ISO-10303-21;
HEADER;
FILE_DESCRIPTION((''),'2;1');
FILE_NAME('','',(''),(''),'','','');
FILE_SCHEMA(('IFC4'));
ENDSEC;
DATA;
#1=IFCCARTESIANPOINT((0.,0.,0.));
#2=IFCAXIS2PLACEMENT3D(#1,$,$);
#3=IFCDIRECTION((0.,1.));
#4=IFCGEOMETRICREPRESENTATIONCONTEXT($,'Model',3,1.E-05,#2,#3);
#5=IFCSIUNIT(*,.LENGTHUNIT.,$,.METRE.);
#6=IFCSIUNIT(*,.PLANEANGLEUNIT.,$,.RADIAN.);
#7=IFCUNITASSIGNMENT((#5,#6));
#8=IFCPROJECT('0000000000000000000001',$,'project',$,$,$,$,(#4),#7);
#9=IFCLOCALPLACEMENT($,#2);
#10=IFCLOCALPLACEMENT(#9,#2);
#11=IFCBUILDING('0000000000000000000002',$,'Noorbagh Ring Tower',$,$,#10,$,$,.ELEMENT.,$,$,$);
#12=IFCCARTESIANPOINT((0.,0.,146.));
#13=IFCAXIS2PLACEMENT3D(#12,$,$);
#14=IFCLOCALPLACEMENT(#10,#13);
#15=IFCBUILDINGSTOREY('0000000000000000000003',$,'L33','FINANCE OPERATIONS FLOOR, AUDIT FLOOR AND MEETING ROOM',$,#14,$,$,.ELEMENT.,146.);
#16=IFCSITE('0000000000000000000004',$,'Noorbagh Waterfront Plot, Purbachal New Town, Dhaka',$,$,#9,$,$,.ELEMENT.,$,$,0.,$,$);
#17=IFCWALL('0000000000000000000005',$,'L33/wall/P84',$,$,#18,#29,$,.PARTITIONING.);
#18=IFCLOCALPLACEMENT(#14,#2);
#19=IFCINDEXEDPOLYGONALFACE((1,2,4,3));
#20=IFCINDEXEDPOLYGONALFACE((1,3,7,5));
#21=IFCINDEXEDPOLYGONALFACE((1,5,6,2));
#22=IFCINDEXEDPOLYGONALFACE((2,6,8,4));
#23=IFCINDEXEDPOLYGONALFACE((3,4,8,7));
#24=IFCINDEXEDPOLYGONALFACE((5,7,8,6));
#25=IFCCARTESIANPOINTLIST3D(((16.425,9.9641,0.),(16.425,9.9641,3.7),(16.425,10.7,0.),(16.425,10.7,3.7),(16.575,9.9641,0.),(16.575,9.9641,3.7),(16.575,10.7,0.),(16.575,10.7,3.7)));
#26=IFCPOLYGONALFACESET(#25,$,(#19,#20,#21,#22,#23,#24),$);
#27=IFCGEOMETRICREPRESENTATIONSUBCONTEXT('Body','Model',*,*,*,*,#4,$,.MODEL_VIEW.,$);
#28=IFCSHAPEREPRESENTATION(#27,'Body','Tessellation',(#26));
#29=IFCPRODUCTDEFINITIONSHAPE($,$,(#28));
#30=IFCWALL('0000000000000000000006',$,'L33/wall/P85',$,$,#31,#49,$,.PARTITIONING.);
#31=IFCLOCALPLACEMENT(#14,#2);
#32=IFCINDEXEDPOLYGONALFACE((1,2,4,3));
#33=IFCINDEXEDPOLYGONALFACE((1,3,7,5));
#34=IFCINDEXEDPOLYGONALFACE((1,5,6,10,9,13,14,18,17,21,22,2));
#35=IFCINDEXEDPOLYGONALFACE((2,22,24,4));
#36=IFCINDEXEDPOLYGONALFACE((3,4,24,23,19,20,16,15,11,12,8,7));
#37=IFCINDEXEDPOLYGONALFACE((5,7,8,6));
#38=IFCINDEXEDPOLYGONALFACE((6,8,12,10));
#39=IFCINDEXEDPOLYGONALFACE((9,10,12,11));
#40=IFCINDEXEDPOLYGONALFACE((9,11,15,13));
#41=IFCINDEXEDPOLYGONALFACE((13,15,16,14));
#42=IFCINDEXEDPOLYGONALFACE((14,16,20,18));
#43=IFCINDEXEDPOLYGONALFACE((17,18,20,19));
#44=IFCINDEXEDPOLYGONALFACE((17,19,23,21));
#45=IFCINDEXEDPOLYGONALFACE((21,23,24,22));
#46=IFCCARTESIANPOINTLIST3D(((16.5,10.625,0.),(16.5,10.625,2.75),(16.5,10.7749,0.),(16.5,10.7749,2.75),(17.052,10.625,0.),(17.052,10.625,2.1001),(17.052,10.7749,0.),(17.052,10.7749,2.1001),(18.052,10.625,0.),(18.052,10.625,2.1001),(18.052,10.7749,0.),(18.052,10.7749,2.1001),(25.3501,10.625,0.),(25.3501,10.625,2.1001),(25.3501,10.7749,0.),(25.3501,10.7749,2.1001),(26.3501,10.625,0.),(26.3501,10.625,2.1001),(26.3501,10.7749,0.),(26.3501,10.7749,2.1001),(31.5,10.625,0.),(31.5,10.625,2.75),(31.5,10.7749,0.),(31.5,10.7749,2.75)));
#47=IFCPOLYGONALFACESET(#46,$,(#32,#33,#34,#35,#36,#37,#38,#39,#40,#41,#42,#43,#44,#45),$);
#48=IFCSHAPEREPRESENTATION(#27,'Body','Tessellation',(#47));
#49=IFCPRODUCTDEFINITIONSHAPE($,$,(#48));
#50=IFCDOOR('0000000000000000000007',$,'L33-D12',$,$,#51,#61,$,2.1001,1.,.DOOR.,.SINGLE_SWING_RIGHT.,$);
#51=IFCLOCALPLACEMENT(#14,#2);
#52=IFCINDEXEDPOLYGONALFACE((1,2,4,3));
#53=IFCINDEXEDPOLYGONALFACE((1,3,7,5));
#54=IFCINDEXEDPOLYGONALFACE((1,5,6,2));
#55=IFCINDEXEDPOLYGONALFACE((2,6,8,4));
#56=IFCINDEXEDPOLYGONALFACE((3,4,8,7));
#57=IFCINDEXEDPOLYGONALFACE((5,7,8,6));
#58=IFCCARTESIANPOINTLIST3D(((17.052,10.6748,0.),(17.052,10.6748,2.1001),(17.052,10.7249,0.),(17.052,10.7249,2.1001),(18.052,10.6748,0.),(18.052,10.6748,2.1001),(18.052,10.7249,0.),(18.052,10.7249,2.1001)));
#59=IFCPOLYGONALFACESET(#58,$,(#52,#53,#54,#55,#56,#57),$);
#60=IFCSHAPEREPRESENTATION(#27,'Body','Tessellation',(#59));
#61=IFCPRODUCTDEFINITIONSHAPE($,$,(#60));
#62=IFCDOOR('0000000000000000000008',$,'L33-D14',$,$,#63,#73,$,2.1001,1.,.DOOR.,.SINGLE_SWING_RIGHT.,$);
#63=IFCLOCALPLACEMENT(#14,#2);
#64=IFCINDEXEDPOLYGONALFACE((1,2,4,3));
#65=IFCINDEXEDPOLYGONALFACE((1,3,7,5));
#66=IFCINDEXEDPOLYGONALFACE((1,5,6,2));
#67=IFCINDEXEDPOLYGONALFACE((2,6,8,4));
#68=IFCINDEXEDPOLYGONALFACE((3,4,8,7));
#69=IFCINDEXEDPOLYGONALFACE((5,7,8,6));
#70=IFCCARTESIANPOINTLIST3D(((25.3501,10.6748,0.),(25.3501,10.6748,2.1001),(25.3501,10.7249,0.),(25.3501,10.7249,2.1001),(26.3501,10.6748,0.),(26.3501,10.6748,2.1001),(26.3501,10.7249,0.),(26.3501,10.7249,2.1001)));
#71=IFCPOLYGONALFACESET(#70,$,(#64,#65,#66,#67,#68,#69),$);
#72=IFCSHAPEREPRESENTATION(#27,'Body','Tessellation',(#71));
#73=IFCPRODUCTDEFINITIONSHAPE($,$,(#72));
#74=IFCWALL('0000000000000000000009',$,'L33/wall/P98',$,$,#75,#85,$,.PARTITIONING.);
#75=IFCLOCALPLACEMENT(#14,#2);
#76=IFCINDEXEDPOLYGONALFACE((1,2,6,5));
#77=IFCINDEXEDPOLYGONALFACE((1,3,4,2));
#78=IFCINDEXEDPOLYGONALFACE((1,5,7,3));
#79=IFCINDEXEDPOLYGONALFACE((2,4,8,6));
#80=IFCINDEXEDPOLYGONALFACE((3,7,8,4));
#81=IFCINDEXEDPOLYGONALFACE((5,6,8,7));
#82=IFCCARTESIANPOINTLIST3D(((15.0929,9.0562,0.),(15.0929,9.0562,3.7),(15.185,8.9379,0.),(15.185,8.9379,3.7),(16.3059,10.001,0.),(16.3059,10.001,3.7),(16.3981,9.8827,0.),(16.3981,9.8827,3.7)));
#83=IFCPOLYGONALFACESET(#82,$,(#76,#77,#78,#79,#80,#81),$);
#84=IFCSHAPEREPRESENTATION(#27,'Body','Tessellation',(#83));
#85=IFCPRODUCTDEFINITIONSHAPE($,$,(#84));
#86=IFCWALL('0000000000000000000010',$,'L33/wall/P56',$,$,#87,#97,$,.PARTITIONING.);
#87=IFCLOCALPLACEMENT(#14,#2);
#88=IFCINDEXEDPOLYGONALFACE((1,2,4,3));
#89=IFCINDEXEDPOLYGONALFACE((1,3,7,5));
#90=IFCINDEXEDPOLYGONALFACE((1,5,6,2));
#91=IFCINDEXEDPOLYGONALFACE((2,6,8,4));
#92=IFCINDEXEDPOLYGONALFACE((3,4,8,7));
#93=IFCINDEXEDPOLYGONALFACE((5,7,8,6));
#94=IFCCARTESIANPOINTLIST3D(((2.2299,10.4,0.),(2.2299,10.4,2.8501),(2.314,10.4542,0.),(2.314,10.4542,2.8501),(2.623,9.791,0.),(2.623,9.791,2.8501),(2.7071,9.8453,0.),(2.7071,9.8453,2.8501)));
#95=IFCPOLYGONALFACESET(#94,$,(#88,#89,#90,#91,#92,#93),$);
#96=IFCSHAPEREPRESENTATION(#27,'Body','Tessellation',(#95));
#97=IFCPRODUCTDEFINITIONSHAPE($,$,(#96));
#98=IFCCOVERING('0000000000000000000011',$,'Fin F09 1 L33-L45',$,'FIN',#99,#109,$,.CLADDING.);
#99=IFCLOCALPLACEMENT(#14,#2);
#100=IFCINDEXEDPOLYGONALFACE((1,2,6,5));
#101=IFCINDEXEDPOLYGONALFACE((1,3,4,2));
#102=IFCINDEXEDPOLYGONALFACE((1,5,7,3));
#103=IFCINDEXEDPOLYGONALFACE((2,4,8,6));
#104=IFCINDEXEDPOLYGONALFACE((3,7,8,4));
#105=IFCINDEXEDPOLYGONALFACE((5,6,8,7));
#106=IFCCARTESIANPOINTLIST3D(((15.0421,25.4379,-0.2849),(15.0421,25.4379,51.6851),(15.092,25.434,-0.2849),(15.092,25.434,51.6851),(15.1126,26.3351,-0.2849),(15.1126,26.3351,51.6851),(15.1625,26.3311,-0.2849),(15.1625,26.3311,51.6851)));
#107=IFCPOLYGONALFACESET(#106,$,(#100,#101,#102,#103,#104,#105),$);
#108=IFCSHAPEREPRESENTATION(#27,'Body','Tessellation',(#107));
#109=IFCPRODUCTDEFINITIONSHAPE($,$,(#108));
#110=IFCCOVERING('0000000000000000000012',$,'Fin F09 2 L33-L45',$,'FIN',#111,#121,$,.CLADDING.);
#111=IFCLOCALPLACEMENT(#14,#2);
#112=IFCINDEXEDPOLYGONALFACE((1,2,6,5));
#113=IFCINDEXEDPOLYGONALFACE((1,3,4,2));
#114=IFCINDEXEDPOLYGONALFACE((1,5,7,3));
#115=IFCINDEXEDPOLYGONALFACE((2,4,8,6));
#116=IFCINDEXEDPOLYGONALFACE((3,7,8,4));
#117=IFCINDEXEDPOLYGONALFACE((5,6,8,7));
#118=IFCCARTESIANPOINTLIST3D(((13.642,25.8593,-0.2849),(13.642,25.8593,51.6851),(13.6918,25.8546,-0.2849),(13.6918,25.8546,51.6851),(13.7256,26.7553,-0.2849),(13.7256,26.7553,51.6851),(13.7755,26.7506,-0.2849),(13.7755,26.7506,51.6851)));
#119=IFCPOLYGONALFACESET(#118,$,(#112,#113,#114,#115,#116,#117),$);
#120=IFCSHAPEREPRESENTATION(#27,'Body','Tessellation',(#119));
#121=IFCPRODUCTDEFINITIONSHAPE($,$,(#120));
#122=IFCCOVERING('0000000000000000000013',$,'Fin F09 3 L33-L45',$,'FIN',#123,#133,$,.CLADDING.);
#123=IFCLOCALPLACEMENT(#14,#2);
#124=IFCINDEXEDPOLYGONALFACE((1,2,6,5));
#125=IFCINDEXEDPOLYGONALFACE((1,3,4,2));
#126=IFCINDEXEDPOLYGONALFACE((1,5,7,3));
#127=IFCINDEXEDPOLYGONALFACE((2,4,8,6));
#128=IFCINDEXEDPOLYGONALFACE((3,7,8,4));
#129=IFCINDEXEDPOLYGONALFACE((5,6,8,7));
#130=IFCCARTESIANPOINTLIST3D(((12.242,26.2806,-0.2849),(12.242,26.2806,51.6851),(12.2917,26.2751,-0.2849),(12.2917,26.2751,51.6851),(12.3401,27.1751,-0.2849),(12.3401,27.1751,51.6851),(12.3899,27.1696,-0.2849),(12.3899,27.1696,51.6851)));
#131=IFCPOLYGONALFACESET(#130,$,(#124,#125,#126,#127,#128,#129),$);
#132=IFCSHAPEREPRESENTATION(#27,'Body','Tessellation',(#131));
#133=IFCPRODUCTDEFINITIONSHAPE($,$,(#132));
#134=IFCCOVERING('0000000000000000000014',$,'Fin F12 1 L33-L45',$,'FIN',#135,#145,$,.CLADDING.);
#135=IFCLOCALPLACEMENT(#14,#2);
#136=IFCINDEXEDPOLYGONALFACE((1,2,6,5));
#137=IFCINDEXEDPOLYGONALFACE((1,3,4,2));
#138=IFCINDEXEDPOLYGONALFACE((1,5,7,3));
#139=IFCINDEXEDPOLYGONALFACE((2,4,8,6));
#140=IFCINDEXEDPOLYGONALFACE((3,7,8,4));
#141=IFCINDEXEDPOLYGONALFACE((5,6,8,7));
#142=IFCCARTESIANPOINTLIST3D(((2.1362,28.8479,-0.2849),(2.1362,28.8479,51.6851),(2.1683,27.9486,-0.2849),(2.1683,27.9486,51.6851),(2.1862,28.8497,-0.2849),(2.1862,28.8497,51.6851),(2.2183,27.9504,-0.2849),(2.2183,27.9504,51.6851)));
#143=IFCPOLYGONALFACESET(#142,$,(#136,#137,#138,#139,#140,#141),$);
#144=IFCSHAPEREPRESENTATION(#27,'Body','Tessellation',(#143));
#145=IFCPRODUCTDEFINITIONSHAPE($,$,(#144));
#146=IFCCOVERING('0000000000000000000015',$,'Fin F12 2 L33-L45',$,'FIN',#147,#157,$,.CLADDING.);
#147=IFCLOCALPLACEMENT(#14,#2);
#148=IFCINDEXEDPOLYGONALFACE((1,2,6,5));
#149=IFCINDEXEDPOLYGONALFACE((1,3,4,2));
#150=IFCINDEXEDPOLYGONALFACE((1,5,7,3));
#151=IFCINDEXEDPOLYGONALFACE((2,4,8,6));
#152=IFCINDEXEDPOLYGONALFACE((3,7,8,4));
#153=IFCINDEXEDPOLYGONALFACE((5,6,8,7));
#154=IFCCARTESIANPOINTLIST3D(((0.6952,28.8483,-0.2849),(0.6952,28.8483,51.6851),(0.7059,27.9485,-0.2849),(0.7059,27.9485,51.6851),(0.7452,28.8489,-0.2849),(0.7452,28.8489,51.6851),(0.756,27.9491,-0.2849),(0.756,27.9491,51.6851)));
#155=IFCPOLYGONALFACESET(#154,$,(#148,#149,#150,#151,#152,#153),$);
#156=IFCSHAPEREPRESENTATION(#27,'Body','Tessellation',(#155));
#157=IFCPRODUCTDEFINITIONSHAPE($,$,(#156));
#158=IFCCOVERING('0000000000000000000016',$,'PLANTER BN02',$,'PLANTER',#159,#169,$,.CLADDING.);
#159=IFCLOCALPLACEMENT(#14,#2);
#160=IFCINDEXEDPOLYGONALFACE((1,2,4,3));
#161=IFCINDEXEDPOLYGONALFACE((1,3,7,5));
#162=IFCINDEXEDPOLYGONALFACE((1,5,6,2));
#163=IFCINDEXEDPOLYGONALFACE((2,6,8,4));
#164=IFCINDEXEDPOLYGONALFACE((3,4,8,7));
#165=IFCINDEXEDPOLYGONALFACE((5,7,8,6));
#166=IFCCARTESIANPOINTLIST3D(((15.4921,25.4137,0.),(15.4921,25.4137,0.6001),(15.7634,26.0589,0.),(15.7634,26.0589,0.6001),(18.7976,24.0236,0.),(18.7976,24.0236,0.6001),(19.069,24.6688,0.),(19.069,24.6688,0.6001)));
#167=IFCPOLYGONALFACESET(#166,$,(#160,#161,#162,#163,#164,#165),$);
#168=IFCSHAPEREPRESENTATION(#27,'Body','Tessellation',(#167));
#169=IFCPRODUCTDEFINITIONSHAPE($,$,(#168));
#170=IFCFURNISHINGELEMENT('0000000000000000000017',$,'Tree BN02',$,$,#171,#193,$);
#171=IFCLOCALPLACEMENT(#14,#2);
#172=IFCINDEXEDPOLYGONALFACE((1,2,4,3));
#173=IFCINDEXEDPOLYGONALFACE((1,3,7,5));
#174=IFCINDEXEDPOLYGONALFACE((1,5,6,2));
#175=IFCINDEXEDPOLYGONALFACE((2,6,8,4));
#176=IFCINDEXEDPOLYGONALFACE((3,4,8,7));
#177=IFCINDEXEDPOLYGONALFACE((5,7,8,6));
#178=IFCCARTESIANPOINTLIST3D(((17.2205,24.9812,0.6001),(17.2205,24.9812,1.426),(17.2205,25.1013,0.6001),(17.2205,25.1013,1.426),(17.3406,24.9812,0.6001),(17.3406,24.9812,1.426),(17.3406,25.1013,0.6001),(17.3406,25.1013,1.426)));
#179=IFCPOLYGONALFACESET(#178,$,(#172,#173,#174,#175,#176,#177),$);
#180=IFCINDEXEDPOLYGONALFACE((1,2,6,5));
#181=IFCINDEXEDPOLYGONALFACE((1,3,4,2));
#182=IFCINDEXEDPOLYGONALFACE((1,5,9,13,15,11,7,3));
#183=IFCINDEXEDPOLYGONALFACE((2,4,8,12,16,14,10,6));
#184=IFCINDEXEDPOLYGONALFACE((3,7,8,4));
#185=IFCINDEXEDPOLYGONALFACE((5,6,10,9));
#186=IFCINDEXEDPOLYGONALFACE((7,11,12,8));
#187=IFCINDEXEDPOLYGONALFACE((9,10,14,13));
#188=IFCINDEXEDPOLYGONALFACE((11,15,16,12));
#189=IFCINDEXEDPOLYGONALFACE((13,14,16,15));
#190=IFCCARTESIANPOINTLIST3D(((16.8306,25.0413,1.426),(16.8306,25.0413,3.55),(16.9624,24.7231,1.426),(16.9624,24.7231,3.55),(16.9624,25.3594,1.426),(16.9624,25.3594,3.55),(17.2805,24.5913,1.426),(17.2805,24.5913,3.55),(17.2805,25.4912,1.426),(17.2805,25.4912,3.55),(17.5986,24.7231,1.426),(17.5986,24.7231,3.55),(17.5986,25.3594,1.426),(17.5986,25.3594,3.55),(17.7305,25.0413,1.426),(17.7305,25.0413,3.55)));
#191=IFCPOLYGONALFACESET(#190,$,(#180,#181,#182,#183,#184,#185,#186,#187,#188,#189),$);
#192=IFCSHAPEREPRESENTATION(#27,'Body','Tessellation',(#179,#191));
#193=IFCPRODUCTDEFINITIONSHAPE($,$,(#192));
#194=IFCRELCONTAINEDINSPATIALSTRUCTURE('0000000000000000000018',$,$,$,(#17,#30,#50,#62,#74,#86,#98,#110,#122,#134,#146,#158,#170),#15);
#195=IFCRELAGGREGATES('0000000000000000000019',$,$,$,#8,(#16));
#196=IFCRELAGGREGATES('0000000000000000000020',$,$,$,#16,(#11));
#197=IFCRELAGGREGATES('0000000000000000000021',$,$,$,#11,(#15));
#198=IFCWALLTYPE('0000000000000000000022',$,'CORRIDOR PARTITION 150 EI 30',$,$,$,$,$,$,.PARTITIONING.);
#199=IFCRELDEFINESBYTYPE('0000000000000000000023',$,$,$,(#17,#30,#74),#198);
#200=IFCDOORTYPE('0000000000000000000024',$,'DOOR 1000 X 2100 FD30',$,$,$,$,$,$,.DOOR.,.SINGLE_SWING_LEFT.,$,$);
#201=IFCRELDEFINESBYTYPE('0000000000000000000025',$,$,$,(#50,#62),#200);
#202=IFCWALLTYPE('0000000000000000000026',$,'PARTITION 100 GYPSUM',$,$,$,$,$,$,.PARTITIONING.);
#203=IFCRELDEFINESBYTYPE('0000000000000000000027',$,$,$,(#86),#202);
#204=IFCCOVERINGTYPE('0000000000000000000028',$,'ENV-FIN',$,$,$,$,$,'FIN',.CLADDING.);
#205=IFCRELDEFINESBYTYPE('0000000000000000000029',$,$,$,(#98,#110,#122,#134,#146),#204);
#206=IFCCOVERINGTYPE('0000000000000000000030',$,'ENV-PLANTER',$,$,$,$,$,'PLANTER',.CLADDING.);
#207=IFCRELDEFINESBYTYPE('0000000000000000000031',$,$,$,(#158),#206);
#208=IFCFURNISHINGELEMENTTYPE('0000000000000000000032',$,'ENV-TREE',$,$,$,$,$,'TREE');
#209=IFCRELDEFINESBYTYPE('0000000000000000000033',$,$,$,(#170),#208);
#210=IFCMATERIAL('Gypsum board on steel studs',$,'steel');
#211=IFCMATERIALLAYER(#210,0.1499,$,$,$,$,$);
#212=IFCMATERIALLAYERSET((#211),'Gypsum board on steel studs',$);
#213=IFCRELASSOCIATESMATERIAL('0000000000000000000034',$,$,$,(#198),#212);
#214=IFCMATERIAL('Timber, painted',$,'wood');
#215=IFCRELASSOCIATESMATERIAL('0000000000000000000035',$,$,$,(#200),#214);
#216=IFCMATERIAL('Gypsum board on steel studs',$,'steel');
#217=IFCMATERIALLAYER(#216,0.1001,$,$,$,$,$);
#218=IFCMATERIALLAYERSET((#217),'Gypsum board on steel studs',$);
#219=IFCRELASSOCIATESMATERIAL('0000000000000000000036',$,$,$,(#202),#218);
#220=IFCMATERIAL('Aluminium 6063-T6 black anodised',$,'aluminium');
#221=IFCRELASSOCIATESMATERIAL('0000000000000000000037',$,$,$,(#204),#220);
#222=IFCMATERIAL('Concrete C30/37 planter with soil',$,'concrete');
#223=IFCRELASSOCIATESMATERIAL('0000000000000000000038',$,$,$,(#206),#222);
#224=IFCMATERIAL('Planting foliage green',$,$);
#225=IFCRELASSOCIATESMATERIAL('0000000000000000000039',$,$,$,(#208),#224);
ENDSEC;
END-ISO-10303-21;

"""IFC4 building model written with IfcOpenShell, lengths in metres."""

from ifc_helpers import new_model, si_unit, direction, frame, frame_2d, origin, origin_2d, place, context, subcontext, project, spatial, polyline, rectangle, outline, extrude, material, layer, layer_set, material_profile, profile_set, type_object, element, fill, save


model = new_model("IFC4")

# Units and contexts
model_context = context("Model", 3, precision=1e-05, world=origin(), true_north=direction((0.0, 1.0)))
body_context = subcontext(model_context, "Body", "Model", "MODEL_VIEW")
ifc_project = project(units=[si_unit("LENGTHUNIT", "METRE"), si_unit("PLANEANGLEUNIT", "RADIAN")], contexts=[model_context])

# Site, building, storey
site_placement = place(None, origin())
site = spatial("IfcSite", under=ifc_project, at=site_placement, Name="Noorbagh Waterfront Plot, Purbachal New Town, Dhaka", CompositionType="ELEMENT", RefElevation=0.0)
building_placement = place(site_placement, origin())
building = spatial("IfcBuilding", under=site, at=building_placement, Name="Noorbagh Ring Tower", CompositionType="ELEMENT")
storey_placement = place(building_placement, frame((0.0, 0.0, 146.0)))
storey = spatial("IfcBuildingStorey", under=building, at=storey_placement, Name="L33", Description="FINANCE OPERATIONS FLOOR, AUDIT FLOOR AND MEETING ROOM", CompositionType="ELEMENT", Elevation=146.0)

# Wall
ifc_material_1 = material(Name="Gypsum board on steel studs", Category="steel")
ifc_layer_1 = layer(ifc_material_1, 0.1499)
ifc_layer_set_1 = layer_set([ifc_layer_1], Name="Gypsum board on steel studs")
wall_type_1 = type_object("IfcWallType", Name="CORRIDOR PARTITION 150 EI 30", PredefinedType="PARTITIONING", material=ifc_layer_set_1)
wall_1_placement = place(storey_placement, frame((16.5, 9.9641, 0.0), z_axis=(0.0, 0.0, 1.0), x_axis=(0.0, 1.0, 0.0)))
element("IfcWall", 1, at=wall_1_placement, inside=storey, type_object=wall_type_1, Name="L33/wall/P84", PredefinedType="PARTITIONING", context=body_context, shape_type="SweptSolid", body=[
    extrude(rectangle(XDim=0.7358, YDim=0.1499, at=frame_2d((0.3679, 0.0))), origin(), (0.0, 0.0, 1.0), 3.7),
])

# Wall, openings, doors
wall_2_placement = place(storey_placement, frame((16.5, 10.7, 0.0), z_axis=(0.0, 0.0, 1.0), x_axis=(1.0, 0.0, 0.0)))
wall_2 = element("IfcWall", 2, at=wall_2_placement, inside=storey, type_object=wall_type_1, Name="L33/wall/P85", PredefinedType="PARTITIONING", context=body_context, shape_type="SweptSolid", body=[
    extrude(rectangle(XDim=15.0, YDim=0.1499, at=frame_2d((7.5, 0.0))), origin(), (0.0, 0.0, 1.0), 2.75),
])
opening_1_placement = place(wall_2_placement, frame((0.552, 0.0, 0.0)))
opening_1 = element("IfcOpeningElement", 3, at=opening_1_placement, cuts=wall_2, PredefinedType="OPENING", context=body_context, shape_type="SweptSolid", body=[
    extrude(rectangle(XDim=1.0, YDim=2.1001, at=frame_2d((0.5, 1.05))), frame((0.0, 0.085, 0.0), z_axis=(0.0, -1.0, 0.0), x_axis=(1.0, 0.0, 0.0)), (0.0, 0.0, 1.0), 0.1699),
])
opening_2_placement = place(wall_2_placement, frame((8.8501, 0.0, 0.0)))
opening_2 = element("IfcOpeningElement", 4, at=opening_2_placement, cuts=wall_2, PredefinedType="OPENING", context=body_context, shape_type="SweptSolid", body=[
    extrude(rectangle(XDim=1.0, YDim=2.1001, at=frame_2d((0.5, 1.05))), frame((0.0, 0.085, 0.0), z_axis=(0.0, -1.0, 0.0), x_axis=(1.0, 0.0, 0.0)), (0.0, 0.0, 1.0), 0.1699),
])
ifc_material_2 = material(Name="Timber, painted", Category="wood")
door_type = type_object("IfcDoorType", Name="DOOR 1000 X 2100 FD30", OperationType="SINGLE_SWING_LEFT", PredefinedType="DOOR", material=ifc_material_2)
door_1_placement = place(opening_1_placement, origin())
door_1 = element("IfcDoor", 5, at=door_1_placement, inside=storey, type_object=door_type, Name="L33-D12", OperationType="SINGLE_SWING_RIGHT", OverallHeight=2.1001, OverallWidth=1.0, PredefinedType="DOOR", context=body_context, shape_type="SweptSolid", body=[
    extrude(rectangle(XDim=1.0, YDim=2.1001, at=frame_2d((0.5, 1.05))), frame((0.0, 0.0249, 0.0), z_axis=(0.0, -1.0, 0.0), x_axis=(1.0, 0.0, 0.0)), (0.0, 0.0, 1.0), 0.05),
])
fill(opening_1, door_1)
door_2_placement = place(opening_2_placement, origin())
door_2 = element("IfcDoor", 6, at=door_2_placement, inside=storey, type_object=door_type, Name="L33-D14", OperationType="SINGLE_SWING_RIGHT", OverallHeight=2.1001, OverallWidth=1.0, PredefinedType="DOOR", context=body_context, shape_type="SweptSolid", body=[
    extrude(rectangle(XDim=1.0, YDim=2.1001, at=frame_2d((0.5, 1.05))), frame((0.0, 0.0249, 0.0), z_axis=(0.0, -1.0, 0.0), x_axis=(1.0, 0.0, 0.0)), (0.0, 0.0, 1.0), 0.05),
])
fill(opening_2, door_2)

# Walls
wall_3_placement = place(storey_placement, frame((15.1389, 8.9971, 0.0), z_axis=(0.0, 0.0, 1.0), x_axis=(0.78895, 0.614457, 0.0)))
element("IfcWall", 7, at=wall_3_placement, inside=storey, type_object=wall_type_1, Name="L33/wall/P98", PredefinedType="PARTITIONING", context=body_context, shape_type="SweptSolid", body=[
    extrude(rectangle(XDim=1.5376, YDim=0.1499, at=frame_2d((0.7688, 0.0))), origin(), (0.0, 0.0, 1.0), 3.7),
])
ifc_material_3 = material(Name="Gypsum board on steel studs", Category="steel")
ifc_layer_2 = layer(ifc_material_3, 0.1001)
ifc_layer_set_2 = layer_set([ifc_layer_2], Name="Gypsum board on steel studs")
wall_type_2 = type_object("IfcWallType", Name="PARTITION 100 GYPSUM", PredefinedType="PARTITIONING", material=ifc_layer_set_2)
wall_4_placement = place(storey_placement, frame((2.272, 10.427, 0.0), z_axis=(0.0, 0.0, 1.0), x_axis=(0.542357, -0.840148, 0.0)))
element("IfcWall", 8, at=wall_4_placement, inside=storey, type_object=wall_type_2, Name="L33/wall/P56", PredefinedType="PARTITIONING", context=body_context, shape_type="SweptSolid", body=[
    extrude(rectangle(XDim=0.7249, YDim=0.1001, at=frame_2d((0.3623, 0.0))), origin(), (0.0, 0.0, 1.0), 2.8501),
])

# Coverings
ifc_material_4 = material(Name="Aluminium 6063-T6 black anodised", Category="aluminium")
ifc_material_profile_1 = material_profile(ifc_material_4, rectangle(XDim=0.8999, YDim=0.05, at=origin_2d()), Name="900x50")
ifc_profile_set_1 = profile_set([ifc_material_profile_1], Name="Aluminium 6063-T6 black anodised")
covering_type_1 = type_object("IfcCoveringType", Name="ENV-FIN", ElementType="FIN", PredefinedType="CLADDING", material=ifc_profile_set_1)
for number, where, z_axis, x_axis, name in (
    (9, (15.1023, 25.8845, -0.2849), (0.0, 0.0, 1.0), (0.078357, 0.996925, 0.0), "Fin F09 1 L33-L45"),
    (10, (13.7087, 26.3049, -0.2849), (0.0, 0.0, 1.0), (0.092918, 0.995674, 0.0), "Fin F09 2 L33-L45"),
    (11, (12.3159, 26.7251, -0.2849), (0.0, 0.0, 1.0), (0.109101, 0.994031, 0.0), "Fin F09 3 L33-L45"),
    (12, (2.1772, 28.3992, -0.2849), (0.0, 0.0, 1.0), (-0.035641, 0.999365, 0.0), "Fin F12 1 L33-L45"),
    (13, (0.7256, 28.3987, -0.2849), (0.0, 0.0, 1.0), (-0.011915, 0.999929, 0.0), "Fin F12 2 L33-L45"),
):
    element("IfcCovering", number, at=place(storey_placement, frame(where, z_axis=z_axis, x_axis=x_axis)), inside=storey, type_object=covering_type_1, Name=name, ObjectType="FIN", PredefinedType="CLADDING", context=body_context, shape_type="SweptSolid", body=[
        extrude(rectangle(XDim=0.8999, YDim=0.05, at=origin_2d()), origin(), (0.0, 0.0, 1.0), 51.97),
    ])
ifc_material_5 = material(Name="Concrete C30/37 planter with soil", Category="concrete")
covering_type_2 = type_object("IfcCoveringType", Name="ENV-PLANTER", ElementType="PLANTER", PredefinedType="CLADDING", material=ifc_material_5)
covering_placement = place(storey_placement, frame((17.2805, 25.0413, 0.0), z_axis=(0.0, 0.0, 1.0), x_axis=(-0.921812, 0.387638, 0.0)))
element("IfcCovering", 14, at=covering_placement, inside=storey, type_object=covering_type_2, Name="PLANTER BN02", ObjectType="PLANTER", PredefinedType="CLADDING", context=body_context, shape_type="SweptSolid", body=[
    extrude(rectangle(XDim=3.5859, YDim=0.7, at=origin_2d()), origin(), (0.0, 0.0, 1.0), 0.6001),
])

# Furnishing element
ifc_material_6 = material(Name="Planting foliage green")
furnishing_element_type = type_object("IfcFurnishingElementType", Name="ENV-TREE", ElementType="TREE", material=ifc_material_6)
furnishing_placement = place(storey_placement, frame((17.2805, 25.0413, 0.6001), z_axis=(0.0, 0.0, 1.0), x_axis=(1.0, 0.0, 0.0)))
element("IfcFurnishingElement", 15, at=furnishing_placement, inside=storey, type_object=furnishing_element_type, Name="Tree BN02", context=body_context, shape_type="SweptSolid", body=[
    extrude(rectangle(XDim=0.1201, YDim=0.1201, at=origin_2d()), origin(), (0.0, 0.0, 1.0), 0.8259),
    extrude(outline(polyline([(0.45, 0.0), (0.3181, 0.3181), (0.0, 0.45), (-0.3181, 0.3181), (-0.45, 0.0), (-0.3181, -0.3181), (0.0, -0.45), (0.3181, -0.3181), (0.45, 0.0)])), frame((0.0, 0.0, 0.8259)), (0.0, 0.0, 1.0), 2.124),
])

save(model, "model.ifc")
